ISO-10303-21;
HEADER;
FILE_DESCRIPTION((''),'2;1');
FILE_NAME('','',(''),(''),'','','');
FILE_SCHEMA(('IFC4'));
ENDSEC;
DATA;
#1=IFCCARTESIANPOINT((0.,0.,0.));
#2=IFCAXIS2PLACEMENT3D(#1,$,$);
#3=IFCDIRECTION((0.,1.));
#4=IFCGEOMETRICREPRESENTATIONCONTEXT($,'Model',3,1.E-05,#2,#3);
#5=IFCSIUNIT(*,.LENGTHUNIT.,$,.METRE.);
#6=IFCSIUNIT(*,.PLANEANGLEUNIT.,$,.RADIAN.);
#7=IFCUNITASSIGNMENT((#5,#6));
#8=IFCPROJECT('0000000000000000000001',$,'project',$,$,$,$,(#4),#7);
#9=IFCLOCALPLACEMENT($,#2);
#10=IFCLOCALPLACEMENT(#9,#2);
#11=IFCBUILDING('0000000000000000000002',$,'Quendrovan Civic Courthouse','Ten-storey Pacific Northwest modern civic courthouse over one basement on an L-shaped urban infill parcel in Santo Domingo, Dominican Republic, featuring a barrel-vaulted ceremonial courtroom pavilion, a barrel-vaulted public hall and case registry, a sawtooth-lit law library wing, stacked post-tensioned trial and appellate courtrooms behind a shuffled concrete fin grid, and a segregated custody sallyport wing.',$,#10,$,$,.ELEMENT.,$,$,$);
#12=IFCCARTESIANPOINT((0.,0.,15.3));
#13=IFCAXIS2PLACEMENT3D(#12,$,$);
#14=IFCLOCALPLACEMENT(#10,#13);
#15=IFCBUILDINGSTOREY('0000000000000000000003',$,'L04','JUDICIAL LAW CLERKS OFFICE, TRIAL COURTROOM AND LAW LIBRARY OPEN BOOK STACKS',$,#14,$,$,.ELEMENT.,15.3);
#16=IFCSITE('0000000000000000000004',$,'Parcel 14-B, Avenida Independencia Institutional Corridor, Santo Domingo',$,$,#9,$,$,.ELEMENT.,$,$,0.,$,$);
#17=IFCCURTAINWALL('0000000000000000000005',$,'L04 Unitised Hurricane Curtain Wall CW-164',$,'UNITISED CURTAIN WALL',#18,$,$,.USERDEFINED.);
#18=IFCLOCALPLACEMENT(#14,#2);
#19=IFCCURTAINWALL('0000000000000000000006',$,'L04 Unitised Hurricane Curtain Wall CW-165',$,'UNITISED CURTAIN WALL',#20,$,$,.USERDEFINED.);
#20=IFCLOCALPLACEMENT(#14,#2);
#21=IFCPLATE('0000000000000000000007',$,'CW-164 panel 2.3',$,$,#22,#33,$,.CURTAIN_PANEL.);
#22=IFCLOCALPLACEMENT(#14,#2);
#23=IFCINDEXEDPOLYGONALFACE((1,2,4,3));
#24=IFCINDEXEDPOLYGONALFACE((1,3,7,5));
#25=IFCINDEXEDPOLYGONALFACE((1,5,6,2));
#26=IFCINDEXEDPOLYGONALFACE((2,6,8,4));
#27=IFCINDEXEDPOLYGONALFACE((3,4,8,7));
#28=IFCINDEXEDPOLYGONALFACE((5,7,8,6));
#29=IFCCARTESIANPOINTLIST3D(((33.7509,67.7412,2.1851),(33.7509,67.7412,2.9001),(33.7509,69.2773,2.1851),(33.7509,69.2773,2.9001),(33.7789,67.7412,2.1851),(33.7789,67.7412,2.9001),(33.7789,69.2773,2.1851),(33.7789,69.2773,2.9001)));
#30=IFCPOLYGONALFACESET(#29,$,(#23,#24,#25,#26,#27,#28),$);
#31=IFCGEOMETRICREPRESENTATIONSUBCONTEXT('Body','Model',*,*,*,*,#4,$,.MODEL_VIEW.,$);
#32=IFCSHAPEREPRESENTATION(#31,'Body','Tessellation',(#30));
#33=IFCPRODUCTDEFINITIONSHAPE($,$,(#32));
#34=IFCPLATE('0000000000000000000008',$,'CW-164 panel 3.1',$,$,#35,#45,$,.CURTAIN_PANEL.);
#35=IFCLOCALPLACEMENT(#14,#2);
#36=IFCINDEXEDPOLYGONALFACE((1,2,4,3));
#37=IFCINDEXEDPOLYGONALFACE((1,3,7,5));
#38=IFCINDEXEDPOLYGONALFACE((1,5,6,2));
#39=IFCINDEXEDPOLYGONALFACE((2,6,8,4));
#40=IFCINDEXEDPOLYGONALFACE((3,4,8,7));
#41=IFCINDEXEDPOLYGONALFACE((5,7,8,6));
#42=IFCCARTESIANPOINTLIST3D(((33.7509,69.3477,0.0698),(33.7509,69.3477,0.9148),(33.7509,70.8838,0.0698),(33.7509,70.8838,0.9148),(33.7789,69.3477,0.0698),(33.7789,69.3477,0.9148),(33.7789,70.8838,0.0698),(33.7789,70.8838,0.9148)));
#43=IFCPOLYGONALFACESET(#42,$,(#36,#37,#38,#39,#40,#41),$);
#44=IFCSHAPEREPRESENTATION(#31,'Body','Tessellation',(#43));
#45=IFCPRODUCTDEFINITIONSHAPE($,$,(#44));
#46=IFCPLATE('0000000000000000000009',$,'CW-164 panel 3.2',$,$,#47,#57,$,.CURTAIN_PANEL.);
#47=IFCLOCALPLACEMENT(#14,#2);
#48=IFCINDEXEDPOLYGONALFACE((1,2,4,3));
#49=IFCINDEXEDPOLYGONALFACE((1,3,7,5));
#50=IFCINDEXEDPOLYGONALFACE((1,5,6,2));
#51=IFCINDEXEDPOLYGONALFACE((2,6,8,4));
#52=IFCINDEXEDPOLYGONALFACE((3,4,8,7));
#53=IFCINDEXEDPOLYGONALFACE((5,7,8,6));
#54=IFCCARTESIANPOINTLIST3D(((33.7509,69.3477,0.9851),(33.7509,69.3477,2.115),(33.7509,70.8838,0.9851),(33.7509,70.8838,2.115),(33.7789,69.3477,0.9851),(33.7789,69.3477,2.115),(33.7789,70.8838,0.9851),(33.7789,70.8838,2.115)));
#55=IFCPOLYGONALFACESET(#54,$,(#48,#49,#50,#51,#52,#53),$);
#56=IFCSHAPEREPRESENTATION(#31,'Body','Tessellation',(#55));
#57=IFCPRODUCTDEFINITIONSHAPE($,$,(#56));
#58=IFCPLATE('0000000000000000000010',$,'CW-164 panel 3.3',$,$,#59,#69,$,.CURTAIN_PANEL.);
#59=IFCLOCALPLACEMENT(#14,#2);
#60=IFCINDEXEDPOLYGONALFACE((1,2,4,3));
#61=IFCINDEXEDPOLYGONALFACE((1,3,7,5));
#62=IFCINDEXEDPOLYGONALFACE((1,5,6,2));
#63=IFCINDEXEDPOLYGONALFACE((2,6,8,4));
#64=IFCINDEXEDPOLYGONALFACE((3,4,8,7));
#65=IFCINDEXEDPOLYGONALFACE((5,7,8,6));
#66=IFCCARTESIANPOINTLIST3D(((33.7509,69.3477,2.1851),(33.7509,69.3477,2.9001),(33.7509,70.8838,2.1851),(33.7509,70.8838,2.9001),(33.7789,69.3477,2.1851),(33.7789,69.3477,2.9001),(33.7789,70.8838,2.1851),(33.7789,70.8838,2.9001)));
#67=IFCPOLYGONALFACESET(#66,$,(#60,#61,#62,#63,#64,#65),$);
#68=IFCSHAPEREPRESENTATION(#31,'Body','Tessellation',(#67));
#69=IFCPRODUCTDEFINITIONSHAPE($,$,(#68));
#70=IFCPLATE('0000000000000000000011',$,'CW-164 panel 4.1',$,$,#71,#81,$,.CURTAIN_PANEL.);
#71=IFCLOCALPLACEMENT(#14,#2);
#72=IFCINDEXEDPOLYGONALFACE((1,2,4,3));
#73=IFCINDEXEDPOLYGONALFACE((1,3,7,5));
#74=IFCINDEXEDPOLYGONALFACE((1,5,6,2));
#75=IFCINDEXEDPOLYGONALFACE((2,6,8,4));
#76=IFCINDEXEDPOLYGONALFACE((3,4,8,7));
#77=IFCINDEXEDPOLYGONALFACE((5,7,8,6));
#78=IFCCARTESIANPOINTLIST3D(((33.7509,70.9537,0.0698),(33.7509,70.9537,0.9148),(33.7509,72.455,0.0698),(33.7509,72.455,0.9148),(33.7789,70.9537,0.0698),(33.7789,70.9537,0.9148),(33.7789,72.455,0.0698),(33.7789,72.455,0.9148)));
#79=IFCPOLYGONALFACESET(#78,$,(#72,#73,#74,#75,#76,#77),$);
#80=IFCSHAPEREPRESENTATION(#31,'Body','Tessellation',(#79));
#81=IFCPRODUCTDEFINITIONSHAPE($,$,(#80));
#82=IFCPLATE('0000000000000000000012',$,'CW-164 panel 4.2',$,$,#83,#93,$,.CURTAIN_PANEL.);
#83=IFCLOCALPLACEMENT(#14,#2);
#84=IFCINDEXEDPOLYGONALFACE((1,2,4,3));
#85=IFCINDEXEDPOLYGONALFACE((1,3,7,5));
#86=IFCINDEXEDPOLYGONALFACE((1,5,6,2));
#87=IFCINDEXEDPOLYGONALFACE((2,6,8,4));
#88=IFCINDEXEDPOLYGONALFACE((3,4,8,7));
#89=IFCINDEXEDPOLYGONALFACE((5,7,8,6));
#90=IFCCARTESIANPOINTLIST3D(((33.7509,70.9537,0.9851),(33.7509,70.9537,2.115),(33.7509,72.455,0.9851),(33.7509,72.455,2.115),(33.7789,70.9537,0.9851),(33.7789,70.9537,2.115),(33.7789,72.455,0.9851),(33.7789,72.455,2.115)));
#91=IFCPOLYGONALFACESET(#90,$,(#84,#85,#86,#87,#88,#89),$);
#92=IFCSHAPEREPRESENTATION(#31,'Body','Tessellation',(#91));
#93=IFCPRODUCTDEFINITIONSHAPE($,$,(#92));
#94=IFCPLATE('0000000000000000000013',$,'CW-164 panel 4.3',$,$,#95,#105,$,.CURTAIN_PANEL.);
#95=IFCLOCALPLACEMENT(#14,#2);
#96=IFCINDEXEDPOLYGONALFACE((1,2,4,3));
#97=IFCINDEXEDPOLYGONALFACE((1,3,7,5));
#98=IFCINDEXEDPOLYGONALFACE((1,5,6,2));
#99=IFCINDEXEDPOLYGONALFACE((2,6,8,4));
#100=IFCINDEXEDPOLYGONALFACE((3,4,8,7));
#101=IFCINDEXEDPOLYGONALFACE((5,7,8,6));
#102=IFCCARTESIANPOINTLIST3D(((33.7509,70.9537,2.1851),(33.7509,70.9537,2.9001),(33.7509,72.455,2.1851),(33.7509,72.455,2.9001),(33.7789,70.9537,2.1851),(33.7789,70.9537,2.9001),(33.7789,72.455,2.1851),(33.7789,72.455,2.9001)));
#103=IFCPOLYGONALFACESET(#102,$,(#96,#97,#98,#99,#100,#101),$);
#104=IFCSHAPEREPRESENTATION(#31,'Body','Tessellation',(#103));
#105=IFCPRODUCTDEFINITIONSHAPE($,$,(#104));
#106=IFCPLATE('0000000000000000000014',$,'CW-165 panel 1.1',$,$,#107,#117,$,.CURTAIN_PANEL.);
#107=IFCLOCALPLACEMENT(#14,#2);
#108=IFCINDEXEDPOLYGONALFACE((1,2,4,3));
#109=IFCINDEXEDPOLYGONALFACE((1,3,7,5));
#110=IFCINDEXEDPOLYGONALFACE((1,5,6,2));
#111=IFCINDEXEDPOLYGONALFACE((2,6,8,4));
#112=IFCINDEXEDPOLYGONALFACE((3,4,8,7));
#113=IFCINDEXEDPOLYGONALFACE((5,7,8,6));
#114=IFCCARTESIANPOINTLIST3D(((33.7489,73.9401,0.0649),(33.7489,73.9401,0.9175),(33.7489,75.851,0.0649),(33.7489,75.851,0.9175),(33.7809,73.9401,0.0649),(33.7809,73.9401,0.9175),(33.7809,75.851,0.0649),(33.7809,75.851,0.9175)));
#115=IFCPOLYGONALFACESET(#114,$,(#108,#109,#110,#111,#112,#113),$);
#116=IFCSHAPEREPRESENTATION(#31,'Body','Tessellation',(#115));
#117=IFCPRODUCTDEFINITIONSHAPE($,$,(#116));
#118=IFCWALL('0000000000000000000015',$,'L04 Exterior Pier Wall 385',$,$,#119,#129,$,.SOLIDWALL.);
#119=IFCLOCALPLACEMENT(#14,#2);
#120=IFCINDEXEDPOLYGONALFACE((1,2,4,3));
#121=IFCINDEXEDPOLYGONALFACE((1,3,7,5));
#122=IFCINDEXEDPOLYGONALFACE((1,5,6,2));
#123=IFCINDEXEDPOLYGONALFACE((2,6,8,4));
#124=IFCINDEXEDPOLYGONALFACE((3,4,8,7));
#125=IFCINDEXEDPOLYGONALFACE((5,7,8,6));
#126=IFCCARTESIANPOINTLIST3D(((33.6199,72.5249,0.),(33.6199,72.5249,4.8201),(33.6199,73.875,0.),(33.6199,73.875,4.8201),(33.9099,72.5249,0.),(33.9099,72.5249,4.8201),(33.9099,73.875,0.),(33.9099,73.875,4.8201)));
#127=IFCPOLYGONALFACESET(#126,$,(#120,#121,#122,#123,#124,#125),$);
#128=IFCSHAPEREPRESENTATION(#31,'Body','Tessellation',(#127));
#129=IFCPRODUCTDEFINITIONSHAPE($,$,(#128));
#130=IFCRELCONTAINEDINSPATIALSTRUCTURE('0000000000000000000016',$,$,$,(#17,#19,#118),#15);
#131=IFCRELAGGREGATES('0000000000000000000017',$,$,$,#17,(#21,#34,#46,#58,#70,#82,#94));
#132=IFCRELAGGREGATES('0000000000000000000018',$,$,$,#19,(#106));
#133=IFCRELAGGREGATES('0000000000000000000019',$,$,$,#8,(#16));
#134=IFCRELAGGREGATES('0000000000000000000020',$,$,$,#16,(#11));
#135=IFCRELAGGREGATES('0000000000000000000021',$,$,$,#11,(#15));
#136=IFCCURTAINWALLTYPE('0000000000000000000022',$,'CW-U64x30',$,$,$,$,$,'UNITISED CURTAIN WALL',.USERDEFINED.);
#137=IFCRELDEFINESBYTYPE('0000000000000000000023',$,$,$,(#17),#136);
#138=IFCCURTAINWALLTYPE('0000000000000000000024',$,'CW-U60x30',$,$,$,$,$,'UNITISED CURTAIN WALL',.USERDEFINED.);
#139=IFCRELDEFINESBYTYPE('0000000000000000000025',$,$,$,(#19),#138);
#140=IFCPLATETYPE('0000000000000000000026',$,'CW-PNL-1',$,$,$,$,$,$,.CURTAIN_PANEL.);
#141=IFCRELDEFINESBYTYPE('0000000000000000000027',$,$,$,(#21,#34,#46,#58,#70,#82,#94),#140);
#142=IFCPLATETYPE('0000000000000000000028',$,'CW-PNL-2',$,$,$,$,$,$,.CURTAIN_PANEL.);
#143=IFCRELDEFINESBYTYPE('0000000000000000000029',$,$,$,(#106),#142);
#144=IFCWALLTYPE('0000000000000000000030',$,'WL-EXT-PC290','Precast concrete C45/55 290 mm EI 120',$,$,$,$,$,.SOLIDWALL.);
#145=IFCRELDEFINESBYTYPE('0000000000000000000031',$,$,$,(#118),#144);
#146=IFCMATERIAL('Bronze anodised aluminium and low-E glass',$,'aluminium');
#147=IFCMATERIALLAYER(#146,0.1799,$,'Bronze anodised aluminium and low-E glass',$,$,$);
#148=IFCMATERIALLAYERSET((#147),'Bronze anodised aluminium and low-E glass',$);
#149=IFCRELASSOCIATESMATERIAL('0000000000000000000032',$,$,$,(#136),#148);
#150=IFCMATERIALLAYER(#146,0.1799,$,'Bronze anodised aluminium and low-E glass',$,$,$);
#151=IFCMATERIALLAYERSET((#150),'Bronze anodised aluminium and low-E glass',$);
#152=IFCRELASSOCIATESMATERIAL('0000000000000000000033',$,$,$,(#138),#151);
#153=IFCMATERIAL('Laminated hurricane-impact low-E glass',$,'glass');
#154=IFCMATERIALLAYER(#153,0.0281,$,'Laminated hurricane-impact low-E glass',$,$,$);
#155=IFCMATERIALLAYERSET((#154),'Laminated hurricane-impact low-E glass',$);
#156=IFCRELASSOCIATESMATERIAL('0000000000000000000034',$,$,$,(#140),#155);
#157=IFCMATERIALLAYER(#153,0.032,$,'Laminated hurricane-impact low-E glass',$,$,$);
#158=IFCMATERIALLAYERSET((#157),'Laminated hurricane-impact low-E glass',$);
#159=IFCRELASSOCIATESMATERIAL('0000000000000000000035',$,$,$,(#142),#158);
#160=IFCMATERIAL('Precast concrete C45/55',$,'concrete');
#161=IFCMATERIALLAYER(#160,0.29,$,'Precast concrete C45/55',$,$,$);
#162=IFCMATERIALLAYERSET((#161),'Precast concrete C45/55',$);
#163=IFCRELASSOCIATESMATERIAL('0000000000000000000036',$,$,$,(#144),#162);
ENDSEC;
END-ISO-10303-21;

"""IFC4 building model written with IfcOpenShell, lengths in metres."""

from ifc_helpers import new_model, si_unit, direction, frame, frame_2d, origin, origin_2d, place, context, subcontext, project, spatial, rectangle, extrude, material, layer, layer_set, type_object, element, aggregate, save


model = new_model("IFC4")

# Units and contexts
model_context = context("Model", 3, precision=1e-05, world=origin(), true_north=direction((0.0, 1.0)))
body_context = subcontext(model_context, "Body", "Model", "MODEL_VIEW")
ifc_project = project(units=[si_unit("LENGTHUNIT", "METRE"), si_unit("PLANEANGLEUNIT", "RADIAN")], contexts=[model_context])

# Site, building, storey
site_placement = place(None, origin())
site = spatial("IfcSite", under=ifc_project, at=site_placement, Name="Parcel 14-B, Avenida Independencia Institutional Corridor, Santo Domingo", CompositionType="ELEMENT", RefElevation=0.0)
building_placement = place(site_placement, origin())
building = spatial("IfcBuilding", under=site, at=building_placement, Name="Quendrovan Civic Courthouse", Description="Ten-storey Pacific Northwest modern civic courthouse over one basement on an L-shaped urban infill parcel in Santo Domingo, Dominican Republic, featuring a barrel-vaulted ceremonial courtroom pavilion, a barrel-vaulted public hall and case registry, a sawtooth-lit law library wing, stacked post-tensioned trial and appellate courtrooms behind a shuffled concrete fin grid, and a segregated custody sallyport wing.", CompositionType="ELEMENT")
storey_placement = place(building_placement, frame((0.0, 0.0, 15.3)))
storey = spatial("IfcBuildingStorey", under=building, at=storey_placement, Name="L04", Description="JUDICIAL LAW CLERKS OFFICE, TRIAL COURTROOM AND LAW LIBRARY OPEN BOOK STACKS", CompositionType="ELEMENT", Elevation=15.3)

# Curtain wall
ifc_material_1 = material(Name="Bronze anodised aluminium and low-E glass", Category="aluminium")
ifc_layer_1 = layer(ifc_material_1, 0.1799, Name="Bronze anodised aluminium and low-E glass")
ifc_layer_set_1 = layer_set([ifc_layer_1], Name="Bronze anodised aluminium and low-E glass")
curtain_wall_type_1 = type_object("IfcCurtainWallType", Name="CW-U64x30", ElementType="UNITISED CURTAIN WALL", PredefinedType="USERDEFINED", material=ifc_layer_set_1)
curtain_wall_1_placement = place(storey_placement, origin())
curtain_wall_1 = element("IfcCurtainWall", 1, at=curtain_wall_1_placement, inside=storey, type_object=curtain_wall_type_1, Name="L04 Unitised Hurricane Curtain Wall CW-164", ObjectType="UNITISED CURTAIN WALL", PredefinedType="USERDEFINED")

# Curtain wall
ifc_layer_2 = layer(ifc_material_1, 0.1799, Name="Bronze anodised aluminium and low-E glass")
ifc_layer_set_2 = layer_set([ifc_layer_2], Name="Bronze anodised aluminium and low-E glass")
curtain_wall_type_2 = type_object("IfcCurtainWallType", Name="CW-U60x30", ElementType="UNITISED CURTAIN WALL", PredefinedType="USERDEFINED", material=ifc_layer_set_2)
curtain_wall_2_placement = place(storey_placement, origin())
curtain_wall_2 = element("IfcCurtainWall", 2, at=curtain_wall_2_placement, inside=storey, type_object=curtain_wall_type_2, Name="L04 Unitised Hurricane Curtain Wall CW-165", ObjectType="UNITISED CURTAIN WALL", PredefinedType="USERDEFINED")

# Plates
ifc_material_2 = material(Name="Laminated hurricane-impact low-E glass", Category="glass")
ifc_layer_3 = layer(ifc_material_2, 0.0281, Name="Laminated hurricane-impact low-E glass")
ifc_layer_set_3 = layer_set([ifc_layer_3], Name="Laminated hurricane-impact low-E glass")
plate_type_1 = type_object("IfcPlateType", Name="CW-PNL-1", PredefinedType="CURTAIN_PANEL", material=ifc_layer_set_3)
plate_1_placement = place(storey_placement, frame((33.7649, 68.5093, 2.1851), z_axis=(0.0, 0.0, 1.0), x_axis=(0.0, 1.0, 0.0)))
plate_1 = element("IfcPlate", 3, at=plate_1_placement, type_object=plate_type_1, Name="CW-164 panel 2.3", PredefinedType="CURTAIN_PANEL", context=body_context, shape_type="SweptSolid", body=[
    extrude(rectangle(XDim=1.5361, YDim=0.0281, at=origin_2d()), origin(), (0.0, 0.0, 1.0), 0.7151),
])
plate_2_placement = place(storey_placement, frame((33.7649, 70.1157, 0.0698), z_axis=(0.0, 0.0, 1.0), x_axis=(0.0, 1.0, 0.0)))
plate_2 = element("IfcPlate", 4, at=plate_2_placement, type_object=plate_type_1, Name="CW-164 panel 3.1", PredefinedType="CURTAIN_PANEL", context=body_context, shape_type="SweptSolid", body=[
    extrude(rectangle(XDim=1.5361, YDim=0.0281, at=origin_2d()), origin(), (0.0, 0.0, 1.0), 0.845),
])
plate_3_placement = place(storey_placement, frame((33.7649, 70.1157, 0.9851), z_axis=(0.0, 0.0, 1.0), x_axis=(0.0, 1.0, 0.0)))
plate_3 = element("IfcPlate", 5, at=plate_3_placement, type_object=plate_type_1, Name="CW-164 panel 3.2", PredefinedType="CURTAIN_PANEL", context=body_context, shape_type="SweptSolid", body=[
    extrude(rectangle(XDim=1.5361, YDim=0.0281, at=origin_2d()), origin(), (0.0, 0.0, 1.0), 1.1299),
])
plate_4_placement = place(storey_placement, frame((33.7649, 70.1157, 2.1851), z_axis=(0.0, 0.0, 1.0), x_axis=(0.0, 1.0, 0.0)))
plate_4 = element("IfcPlate", 6, at=plate_4_placement, type_object=plate_type_1, Name="CW-164 panel 3.3", PredefinedType="CURTAIN_PANEL", context=body_context, shape_type="SweptSolid", body=[
    extrude(rectangle(XDim=1.5361, YDim=0.0281, at=origin_2d()), origin(), (0.0, 0.0, 1.0), 0.7151),
])
plate_5_placement = place(storey_placement, frame((33.7649, 71.7043, 0.0698), z_axis=(0.0, 0.0, 1.0), x_axis=(0.0, 1.0, 0.0)))
plate_5 = element("IfcPlate", 7, at=plate_5_placement, type_object=plate_type_1, Name="CW-164 panel 4.1", PredefinedType="CURTAIN_PANEL", context=body_context, shape_type="SweptSolid", body=[
    extrude(rectangle(XDim=1.5012, YDim=0.0281, at=origin_2d()), origin(), (0.0, 0.0, 1.0), 0.845),
])
plate_6_placement = place(storey_placement, frame((33.7649, 71.7043, 0.9851), z_axis=(0.0, 0.0, 1.0), x_axis=(0.0, 1.0, 0.0)))
plate_6 = element("IfcPlate", 8, at=plate_6_placement, type_object=plate_type_1, Name="CW-164 panel 4.2", PredefinedType="CURTAIN_PANEL", context=body_context, shape_type="SweptSolid", body=[
    extrude(rectangle(XDim=1.5012, YDim=0.0281, at=origin_2d()), origin(), (0.0, 0.0, 1.0), 1.1299),
])
plate_7_placement = place(storey_placement, frame((33.7649, 71.7043, 2.1851), z_axis=(0.0, 0.0, 1.0), x_axis=(0.0, 1.0, 0.0)))
plate_7 = element("IfcPlate", 9, at=plate_7_placement, type_object=plate_type_1, Name="CW-164 panel 4.3", PredefinedType="CURTAIN_PANEL", context=body_context, shape_type="SweptSolid", body=[
    extrude(rectangle(XDim=1.5012, YDim=0.0281, at=origin_2d()), origin(), (0.0, 0.0, 1.0), 0.7151),
])
aggregate(curtain_wall_1, [plate_1, plate_2, plate_3, plate_4, plate_5, plate_6, plate_7])
ifc_layer_4 = layer(ifc_material_2, 0.032, Name="Laminated hurricane-impact low-E glass")
ifc_layer_set_4 = layer_set([ifc_layer_4], Name="Laminated hurricane-impact low-E glass")
plate_type_2 = type_object("IfcPlateType", Name="CW-PNL-2", PredefinedType="CURTAIN_PANEL", material=ifc_layer_set_4)
plate_8_placement = place(storey_placement, frame((33.7649, 74.8955, 0.0649), z_axis=(0.0, 0.0, 1.0), x_axis=(0.0, 1.0, 0.0)))
plate_8 = element("IfcPlate", 10, at=plate_8_placement, type_object=plate_type_2, Name="CW-165 panel 1.1", PredefinedType="CURTAIN_PANEL", context=body_context, shape_type="SweptSolid", body=[
    extrude(rectangle(XDim=1.9109, YDim=0.032, at=origin_2d()), origin(), (0.0, 0.0, 1.0), 0.8525),
])
aggregate(curtain_wall_2, [plate_8])

# Wall
ifc_material_3 = material(Name="Precast concrete C45/55", Category="concrete")
ifc_layer_5 = layer(ifc_material_3, 0.29, Name="Precast concrete C45/55")
ifc_layer_set_5 = layer_set([ifc_layer_5], Name="Precast concrete C45/55")
wall_type = type_object("IfcWallType", Name="WL-EXT-PC290", Description="Precast concrete C45/55 290 mm EI 120", PredefinedType="SOLIDWALL", material=ifc_layer_set_5)
wall_placement = place(storey_placement, frame((33.7649, 72.5249, 0.0), z_axis=(0.0, 0.0, 1.0), x_axis=(0.0, 1.0, 0.0)))
element("IfcWall", 11, at=wall_placement, inside=storey, type_object=wall_type, Name="L04 Exterior Pier Wall 385", PredefinedType="SOLIDWALL", context=body_context, shape_type="SweptSolid", body=[
    extrude(rectangle(XDim=1.3501, YDim=0.29, at=frame_2d((0.675, 0.0))), origin(), (0.0, 0.0, 1.0), 4.8201),
])

save(model, "model.ifc")
